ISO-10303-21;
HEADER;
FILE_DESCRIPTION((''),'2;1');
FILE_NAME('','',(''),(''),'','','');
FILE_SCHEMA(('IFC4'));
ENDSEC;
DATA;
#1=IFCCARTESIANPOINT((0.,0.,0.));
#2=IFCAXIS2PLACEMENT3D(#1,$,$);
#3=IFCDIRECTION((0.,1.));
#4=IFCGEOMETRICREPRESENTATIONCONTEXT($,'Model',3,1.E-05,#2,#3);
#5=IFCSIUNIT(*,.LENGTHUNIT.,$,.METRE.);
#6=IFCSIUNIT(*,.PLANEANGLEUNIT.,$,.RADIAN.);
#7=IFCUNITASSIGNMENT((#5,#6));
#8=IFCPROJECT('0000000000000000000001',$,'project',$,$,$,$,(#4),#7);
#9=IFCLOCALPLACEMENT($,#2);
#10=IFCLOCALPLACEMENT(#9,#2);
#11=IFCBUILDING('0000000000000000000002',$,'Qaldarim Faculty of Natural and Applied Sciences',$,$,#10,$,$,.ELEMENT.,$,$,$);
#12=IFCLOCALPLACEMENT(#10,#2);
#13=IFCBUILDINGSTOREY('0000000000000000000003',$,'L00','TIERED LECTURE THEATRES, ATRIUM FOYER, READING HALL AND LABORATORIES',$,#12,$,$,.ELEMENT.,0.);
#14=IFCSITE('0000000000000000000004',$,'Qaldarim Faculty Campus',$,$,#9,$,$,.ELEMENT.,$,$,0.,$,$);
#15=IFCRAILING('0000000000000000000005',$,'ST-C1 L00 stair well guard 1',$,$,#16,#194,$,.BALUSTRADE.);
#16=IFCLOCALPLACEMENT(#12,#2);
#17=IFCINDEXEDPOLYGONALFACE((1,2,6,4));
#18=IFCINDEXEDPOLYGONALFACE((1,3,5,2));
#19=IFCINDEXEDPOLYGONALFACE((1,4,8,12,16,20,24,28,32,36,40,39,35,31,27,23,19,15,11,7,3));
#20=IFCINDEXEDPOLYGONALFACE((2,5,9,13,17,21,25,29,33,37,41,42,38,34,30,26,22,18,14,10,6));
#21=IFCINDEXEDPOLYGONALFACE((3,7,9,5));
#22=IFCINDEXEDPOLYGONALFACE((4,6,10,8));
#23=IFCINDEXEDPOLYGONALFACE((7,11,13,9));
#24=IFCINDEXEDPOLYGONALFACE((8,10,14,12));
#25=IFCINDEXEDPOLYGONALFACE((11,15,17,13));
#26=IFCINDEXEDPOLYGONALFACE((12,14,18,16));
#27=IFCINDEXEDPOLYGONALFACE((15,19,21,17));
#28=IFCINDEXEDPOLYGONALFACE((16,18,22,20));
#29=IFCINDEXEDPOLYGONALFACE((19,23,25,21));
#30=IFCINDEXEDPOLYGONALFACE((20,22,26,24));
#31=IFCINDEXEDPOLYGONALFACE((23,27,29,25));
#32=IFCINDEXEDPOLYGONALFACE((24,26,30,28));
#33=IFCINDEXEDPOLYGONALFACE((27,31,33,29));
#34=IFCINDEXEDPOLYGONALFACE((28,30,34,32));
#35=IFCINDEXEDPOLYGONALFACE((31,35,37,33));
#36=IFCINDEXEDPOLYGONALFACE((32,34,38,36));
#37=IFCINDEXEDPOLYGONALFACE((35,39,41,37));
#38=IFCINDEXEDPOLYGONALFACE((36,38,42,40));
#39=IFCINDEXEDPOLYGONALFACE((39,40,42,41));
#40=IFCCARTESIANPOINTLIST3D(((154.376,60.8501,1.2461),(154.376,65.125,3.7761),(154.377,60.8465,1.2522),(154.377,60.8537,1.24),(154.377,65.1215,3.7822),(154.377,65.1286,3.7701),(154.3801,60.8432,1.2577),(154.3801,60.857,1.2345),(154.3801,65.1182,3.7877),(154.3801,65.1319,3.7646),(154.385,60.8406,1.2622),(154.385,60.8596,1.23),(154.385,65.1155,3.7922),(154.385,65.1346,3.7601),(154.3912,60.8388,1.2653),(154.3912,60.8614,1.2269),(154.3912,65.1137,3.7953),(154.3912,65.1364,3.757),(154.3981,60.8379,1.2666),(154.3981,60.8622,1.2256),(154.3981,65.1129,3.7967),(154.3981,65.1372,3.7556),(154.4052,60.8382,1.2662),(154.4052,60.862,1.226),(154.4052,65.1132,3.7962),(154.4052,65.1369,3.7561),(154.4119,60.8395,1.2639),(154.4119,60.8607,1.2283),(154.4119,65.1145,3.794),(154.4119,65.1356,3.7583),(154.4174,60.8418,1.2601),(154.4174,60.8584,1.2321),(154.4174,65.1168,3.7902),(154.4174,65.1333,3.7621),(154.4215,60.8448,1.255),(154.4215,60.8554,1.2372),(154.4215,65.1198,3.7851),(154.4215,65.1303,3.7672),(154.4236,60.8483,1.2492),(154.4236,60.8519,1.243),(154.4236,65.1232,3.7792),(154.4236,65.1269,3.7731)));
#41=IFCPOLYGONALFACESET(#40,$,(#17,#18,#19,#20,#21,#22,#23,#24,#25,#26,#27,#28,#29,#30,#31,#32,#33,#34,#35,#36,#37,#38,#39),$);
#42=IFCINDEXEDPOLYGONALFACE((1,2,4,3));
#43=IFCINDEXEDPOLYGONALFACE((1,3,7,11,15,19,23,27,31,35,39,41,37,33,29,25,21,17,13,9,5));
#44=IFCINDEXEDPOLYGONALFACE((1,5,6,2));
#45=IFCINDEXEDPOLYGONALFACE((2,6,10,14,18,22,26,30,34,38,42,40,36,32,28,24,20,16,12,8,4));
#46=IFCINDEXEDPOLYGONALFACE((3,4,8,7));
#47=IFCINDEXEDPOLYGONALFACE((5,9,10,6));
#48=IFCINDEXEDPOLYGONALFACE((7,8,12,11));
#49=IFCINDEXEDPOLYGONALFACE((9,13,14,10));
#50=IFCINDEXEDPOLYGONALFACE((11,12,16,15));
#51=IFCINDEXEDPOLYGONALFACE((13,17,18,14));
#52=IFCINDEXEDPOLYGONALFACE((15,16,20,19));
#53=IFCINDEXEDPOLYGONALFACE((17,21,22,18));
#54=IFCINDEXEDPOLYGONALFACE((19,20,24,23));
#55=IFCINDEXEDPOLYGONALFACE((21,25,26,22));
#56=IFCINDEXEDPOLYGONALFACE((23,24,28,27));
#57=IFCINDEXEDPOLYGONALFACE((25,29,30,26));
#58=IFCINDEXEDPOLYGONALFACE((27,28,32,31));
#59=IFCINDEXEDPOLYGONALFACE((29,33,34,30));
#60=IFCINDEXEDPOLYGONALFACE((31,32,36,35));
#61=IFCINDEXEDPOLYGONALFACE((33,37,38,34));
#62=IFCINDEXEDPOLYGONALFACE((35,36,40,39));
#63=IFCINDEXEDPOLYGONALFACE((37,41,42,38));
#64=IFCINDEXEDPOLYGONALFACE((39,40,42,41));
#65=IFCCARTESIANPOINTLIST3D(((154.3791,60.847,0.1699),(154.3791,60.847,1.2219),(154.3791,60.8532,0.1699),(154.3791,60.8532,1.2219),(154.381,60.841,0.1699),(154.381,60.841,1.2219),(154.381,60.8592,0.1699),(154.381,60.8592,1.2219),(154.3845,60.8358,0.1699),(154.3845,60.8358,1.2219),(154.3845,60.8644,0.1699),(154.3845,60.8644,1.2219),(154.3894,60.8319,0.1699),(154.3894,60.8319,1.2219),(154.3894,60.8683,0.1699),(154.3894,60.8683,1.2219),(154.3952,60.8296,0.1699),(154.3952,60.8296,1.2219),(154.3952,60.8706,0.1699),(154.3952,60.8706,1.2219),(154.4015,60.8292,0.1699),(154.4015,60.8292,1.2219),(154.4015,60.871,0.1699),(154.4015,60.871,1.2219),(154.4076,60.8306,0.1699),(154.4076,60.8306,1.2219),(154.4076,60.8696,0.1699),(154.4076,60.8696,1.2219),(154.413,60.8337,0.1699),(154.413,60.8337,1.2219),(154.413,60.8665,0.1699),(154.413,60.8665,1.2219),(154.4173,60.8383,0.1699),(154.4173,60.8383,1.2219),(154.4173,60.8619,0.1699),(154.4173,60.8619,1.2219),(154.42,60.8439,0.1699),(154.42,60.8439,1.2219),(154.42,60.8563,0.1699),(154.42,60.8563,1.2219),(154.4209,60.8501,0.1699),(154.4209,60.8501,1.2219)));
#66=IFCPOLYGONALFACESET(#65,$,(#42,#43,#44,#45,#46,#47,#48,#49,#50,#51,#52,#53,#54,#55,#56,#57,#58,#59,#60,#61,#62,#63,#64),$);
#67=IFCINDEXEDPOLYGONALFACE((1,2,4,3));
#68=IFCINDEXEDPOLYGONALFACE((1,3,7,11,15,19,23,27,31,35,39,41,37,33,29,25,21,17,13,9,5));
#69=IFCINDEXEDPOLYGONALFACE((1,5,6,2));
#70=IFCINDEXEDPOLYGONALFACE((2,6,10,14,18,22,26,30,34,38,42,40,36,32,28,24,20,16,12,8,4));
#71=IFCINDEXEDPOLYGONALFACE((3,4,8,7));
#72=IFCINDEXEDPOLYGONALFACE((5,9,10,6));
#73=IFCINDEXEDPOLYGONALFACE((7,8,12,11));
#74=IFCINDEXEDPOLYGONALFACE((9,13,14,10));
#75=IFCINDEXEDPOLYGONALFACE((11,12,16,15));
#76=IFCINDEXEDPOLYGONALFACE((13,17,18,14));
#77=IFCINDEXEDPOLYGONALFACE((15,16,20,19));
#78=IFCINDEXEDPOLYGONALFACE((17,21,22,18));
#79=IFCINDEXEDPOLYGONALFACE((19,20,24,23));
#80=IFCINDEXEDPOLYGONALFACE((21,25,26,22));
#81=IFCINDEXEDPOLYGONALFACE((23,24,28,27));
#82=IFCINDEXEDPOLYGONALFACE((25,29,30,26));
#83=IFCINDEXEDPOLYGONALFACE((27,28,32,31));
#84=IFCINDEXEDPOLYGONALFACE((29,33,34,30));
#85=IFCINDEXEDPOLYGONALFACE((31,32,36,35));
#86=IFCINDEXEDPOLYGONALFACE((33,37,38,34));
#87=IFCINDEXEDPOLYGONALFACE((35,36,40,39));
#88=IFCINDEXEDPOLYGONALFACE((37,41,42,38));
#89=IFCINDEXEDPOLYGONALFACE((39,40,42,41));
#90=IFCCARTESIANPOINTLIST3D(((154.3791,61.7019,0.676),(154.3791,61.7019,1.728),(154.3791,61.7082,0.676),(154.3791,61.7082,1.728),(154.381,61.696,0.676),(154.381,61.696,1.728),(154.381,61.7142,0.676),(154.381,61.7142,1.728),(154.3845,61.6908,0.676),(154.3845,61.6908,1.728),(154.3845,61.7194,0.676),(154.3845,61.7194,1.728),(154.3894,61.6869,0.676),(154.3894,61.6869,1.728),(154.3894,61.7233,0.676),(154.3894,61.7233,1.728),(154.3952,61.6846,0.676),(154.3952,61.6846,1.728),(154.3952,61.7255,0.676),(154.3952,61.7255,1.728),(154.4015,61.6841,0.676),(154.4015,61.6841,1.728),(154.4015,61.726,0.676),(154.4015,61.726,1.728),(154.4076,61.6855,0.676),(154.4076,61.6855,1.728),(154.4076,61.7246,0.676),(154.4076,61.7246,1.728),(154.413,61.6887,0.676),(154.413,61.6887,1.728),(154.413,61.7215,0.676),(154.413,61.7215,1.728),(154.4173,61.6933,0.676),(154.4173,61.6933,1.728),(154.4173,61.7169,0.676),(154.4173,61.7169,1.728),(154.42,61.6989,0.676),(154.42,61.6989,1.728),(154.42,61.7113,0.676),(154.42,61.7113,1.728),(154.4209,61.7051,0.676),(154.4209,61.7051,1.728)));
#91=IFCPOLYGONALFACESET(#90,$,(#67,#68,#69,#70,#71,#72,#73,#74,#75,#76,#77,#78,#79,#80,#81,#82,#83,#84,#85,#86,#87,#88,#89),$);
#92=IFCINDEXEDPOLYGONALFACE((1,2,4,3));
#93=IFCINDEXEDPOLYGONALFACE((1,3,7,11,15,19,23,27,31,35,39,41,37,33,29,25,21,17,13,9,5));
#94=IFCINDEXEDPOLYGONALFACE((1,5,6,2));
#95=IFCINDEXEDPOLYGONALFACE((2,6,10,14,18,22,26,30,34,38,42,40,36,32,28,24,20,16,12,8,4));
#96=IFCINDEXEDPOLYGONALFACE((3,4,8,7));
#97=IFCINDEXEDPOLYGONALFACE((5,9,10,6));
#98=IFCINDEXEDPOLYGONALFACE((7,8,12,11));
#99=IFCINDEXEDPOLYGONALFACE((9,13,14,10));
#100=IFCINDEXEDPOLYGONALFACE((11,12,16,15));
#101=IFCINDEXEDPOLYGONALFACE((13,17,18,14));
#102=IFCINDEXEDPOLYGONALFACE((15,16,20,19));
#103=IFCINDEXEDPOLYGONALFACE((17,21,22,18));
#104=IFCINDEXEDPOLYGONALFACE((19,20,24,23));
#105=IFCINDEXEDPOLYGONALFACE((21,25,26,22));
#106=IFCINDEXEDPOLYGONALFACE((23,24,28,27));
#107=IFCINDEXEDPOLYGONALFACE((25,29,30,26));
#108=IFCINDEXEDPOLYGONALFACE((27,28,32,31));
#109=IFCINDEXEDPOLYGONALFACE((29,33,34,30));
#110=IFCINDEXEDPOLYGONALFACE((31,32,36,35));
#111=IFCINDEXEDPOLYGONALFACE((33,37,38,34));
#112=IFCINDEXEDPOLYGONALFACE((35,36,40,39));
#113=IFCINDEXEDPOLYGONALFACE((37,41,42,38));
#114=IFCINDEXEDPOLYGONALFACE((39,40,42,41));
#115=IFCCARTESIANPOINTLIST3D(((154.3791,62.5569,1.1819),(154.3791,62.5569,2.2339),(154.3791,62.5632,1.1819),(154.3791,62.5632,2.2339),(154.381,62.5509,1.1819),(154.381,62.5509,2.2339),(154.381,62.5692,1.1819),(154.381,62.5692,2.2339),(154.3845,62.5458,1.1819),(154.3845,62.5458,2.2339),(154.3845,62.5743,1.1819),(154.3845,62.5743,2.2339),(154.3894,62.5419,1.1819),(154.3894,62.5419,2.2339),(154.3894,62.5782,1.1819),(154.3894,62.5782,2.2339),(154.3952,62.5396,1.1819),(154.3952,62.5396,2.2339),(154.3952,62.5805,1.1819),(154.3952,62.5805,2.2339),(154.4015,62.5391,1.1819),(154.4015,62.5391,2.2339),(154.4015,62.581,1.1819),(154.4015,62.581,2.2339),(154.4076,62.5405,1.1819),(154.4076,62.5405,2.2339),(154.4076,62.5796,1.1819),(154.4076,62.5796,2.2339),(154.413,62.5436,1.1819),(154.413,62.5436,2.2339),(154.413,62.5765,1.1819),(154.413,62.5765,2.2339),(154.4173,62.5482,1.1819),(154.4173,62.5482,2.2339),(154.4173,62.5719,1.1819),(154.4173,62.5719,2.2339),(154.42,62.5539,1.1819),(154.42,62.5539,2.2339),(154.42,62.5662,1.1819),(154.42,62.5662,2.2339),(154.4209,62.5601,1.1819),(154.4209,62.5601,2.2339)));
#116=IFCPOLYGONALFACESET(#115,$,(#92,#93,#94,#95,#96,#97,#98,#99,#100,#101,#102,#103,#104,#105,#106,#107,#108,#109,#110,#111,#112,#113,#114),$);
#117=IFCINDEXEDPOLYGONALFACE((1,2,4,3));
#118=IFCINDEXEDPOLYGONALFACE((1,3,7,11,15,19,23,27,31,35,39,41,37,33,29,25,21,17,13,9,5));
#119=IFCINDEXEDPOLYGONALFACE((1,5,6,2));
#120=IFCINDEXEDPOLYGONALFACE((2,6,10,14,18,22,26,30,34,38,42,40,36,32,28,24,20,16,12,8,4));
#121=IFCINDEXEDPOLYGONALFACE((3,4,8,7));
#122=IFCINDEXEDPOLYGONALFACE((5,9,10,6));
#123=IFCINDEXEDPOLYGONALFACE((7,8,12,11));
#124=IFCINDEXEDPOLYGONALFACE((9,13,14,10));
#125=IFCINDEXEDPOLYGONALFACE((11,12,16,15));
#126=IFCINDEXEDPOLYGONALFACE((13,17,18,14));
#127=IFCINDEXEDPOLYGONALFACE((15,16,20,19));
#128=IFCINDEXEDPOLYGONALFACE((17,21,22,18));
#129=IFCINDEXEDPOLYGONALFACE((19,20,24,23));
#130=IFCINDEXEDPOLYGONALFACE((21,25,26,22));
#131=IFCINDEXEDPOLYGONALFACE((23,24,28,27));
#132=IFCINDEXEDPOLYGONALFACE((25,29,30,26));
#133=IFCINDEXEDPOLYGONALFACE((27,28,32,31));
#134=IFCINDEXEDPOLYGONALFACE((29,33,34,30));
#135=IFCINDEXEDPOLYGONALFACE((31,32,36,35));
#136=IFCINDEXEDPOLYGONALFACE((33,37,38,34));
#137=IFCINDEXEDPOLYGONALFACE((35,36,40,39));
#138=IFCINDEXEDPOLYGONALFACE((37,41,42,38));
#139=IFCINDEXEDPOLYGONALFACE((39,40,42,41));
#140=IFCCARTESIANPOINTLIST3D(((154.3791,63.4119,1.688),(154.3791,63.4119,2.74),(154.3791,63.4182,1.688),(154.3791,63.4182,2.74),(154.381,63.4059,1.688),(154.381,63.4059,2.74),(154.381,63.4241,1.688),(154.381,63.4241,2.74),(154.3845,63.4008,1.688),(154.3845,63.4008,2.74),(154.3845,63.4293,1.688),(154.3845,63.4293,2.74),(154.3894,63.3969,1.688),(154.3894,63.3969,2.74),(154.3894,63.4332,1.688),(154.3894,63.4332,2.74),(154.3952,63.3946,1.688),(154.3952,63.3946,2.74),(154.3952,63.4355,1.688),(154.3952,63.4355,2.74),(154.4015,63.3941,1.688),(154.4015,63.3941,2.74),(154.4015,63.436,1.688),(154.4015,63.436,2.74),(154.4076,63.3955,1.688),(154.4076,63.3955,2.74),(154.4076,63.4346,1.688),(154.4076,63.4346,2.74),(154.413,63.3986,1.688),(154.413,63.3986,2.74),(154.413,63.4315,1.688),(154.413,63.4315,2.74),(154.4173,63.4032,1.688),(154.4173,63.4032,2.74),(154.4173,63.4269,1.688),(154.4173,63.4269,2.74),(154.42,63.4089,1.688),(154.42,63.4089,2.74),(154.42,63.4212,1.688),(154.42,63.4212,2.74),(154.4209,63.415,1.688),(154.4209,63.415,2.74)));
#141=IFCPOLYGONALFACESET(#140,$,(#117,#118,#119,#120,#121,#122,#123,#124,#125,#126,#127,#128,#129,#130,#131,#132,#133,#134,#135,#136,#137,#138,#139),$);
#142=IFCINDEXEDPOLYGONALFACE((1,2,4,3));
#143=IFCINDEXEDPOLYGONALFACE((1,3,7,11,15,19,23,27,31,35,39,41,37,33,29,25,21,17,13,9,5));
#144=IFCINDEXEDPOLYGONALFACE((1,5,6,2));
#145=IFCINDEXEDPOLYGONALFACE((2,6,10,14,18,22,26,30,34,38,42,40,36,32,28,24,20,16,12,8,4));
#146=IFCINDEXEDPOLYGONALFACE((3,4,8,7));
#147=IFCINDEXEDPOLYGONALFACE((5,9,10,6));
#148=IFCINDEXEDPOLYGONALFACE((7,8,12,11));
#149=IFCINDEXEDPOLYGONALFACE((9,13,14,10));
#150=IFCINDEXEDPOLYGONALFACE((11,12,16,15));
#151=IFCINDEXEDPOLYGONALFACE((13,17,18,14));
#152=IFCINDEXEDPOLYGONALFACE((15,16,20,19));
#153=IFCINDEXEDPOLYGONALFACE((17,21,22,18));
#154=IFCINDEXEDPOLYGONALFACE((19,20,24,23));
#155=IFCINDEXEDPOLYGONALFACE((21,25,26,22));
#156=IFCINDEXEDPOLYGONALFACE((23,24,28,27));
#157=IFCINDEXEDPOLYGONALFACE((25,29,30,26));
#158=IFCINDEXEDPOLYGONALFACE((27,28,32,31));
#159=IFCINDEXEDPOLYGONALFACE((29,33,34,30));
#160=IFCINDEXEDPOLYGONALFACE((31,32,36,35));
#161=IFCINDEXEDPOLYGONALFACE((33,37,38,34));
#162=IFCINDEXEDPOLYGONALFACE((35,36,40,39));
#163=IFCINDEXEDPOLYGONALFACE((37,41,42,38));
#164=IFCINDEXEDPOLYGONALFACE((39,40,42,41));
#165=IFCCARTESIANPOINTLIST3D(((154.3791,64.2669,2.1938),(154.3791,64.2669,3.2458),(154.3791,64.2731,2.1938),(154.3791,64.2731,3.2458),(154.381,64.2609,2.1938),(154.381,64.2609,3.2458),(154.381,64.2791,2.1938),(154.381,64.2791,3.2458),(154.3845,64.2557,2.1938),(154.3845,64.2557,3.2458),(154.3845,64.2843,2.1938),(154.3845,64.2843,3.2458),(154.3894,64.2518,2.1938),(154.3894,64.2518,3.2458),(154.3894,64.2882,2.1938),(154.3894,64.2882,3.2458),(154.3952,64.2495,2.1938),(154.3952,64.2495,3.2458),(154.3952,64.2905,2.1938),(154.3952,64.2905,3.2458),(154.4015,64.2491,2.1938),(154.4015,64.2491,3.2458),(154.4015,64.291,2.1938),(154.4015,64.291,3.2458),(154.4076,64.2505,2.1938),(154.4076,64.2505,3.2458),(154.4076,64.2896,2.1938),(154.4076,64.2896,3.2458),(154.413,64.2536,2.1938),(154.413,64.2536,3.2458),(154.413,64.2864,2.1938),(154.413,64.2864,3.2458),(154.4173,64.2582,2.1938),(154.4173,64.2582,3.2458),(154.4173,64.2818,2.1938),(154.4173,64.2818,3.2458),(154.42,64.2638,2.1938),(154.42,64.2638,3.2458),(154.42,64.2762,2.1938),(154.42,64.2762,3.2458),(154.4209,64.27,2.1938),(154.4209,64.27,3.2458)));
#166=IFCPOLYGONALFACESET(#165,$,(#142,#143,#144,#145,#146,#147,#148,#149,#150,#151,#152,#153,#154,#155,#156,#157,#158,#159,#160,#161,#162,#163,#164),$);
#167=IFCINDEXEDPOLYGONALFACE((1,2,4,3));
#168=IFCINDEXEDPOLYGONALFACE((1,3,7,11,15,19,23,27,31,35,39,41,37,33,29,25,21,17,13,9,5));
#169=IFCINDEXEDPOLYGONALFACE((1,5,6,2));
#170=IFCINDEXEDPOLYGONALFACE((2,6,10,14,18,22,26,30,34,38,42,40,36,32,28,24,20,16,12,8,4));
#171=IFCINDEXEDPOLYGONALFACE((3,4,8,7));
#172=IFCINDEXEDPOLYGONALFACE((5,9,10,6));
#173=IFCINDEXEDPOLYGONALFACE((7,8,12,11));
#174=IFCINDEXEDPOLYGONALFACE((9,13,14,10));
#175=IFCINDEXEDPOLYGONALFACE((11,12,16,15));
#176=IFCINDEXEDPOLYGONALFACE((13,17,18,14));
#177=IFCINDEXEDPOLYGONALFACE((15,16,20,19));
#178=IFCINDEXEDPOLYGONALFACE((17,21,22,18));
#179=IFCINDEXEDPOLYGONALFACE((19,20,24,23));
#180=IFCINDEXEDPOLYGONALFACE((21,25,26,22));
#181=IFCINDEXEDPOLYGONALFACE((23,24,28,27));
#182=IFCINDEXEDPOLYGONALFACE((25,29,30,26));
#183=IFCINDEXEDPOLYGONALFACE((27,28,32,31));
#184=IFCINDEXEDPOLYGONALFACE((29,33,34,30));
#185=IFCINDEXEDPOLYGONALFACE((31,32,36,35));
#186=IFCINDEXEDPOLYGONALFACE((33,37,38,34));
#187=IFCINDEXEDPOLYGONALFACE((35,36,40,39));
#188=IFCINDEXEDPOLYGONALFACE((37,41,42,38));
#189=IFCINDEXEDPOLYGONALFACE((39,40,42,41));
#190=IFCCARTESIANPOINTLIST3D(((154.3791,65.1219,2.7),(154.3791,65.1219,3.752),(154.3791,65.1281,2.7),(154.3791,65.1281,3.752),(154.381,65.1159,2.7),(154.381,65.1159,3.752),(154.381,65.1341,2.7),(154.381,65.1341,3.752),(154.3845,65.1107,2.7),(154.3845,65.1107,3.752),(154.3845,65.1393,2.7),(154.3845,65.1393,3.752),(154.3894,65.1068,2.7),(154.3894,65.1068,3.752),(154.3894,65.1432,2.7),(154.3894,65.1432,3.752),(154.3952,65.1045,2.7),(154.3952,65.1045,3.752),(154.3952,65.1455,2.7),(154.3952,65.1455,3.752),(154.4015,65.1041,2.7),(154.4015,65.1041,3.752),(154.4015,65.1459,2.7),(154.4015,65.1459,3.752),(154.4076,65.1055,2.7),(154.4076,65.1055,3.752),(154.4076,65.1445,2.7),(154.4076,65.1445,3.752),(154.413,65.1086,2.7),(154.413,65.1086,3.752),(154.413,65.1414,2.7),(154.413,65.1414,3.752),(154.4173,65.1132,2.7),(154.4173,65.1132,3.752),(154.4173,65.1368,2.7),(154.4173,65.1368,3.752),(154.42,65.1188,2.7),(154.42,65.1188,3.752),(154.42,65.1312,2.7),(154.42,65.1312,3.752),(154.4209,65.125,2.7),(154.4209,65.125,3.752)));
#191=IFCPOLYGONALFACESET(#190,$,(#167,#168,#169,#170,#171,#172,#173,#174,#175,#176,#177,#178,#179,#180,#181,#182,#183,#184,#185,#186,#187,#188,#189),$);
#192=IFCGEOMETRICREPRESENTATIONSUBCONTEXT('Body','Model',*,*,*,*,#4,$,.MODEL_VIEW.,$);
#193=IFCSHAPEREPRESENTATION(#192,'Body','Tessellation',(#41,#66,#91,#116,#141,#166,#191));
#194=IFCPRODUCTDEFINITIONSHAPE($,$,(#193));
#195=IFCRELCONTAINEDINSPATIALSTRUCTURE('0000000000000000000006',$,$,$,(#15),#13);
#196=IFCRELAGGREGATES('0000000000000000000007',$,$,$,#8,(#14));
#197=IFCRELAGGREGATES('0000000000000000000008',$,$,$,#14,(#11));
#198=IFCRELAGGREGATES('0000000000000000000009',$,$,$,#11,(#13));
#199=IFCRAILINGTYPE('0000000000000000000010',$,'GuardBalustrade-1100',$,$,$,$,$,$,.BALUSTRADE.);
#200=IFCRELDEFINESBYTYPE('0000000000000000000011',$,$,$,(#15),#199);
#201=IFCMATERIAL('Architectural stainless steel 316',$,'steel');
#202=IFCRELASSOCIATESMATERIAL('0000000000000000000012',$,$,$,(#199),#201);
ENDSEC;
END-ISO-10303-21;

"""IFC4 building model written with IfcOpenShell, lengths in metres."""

from ifc_helpers import new_model, si_unit, direction, frame, origin, origin_2d, place, context, subcontext, project, spatial, circle, extrude, material, type_object, element, save


model = new_model("IFC4")

# Units and contexts
model_context = context("Model", 3, precision=1e-05, world=origin(), true_north=direction((0.0, 1.0)))
body_context = subcontext(model_context, "Body", "Model", "MODEL_VIEW")
ifc_project = project(units=[si_unit("LENGTHUNIT", "METRE"), si_unit("PLANEANGLEUNIT", "RADIAN")], contexts=[model_context])

# Site, building, storey
site_placement = place(None, origin())
site = spatial("IfcSite", under=ifc_project, at=site_placement, Name="Qaldarim Faculty Campus", CompositionType="ELEMENT", RefElevation=0.0)
building_placement = place(site_placement, origin())
building = spatial("IfcBuilding", under=site, at=building_placement, Name="Qaldarim Faculty of Natural and Applied Sciences", CompositionType="ELEMENT")
storey_placement = place(building_placement, origin())
storey = spatial("IfcBuildingStorey", under=building, at=storey_placement, Name="L00", Description="TIERED LECTURE THEATRES, ATRIUM FOYER, READING HALL AND LABORATORIES", CompositionType="ELEMENT", Elevation=0.0)

# Railing
ifc_material_1 = material(Name="Architectural stainless steel 316", Category="steel")
railing_type = type_object("IfcRailingType", Name="GuardBalustrade-1100", PredefinedType="BALUSTRADE", material=ifc_material_1)
railing_1_placement = place(storey_placement, frame((154.3999, 60.8501, 0.1699)))
element("IfcRailing", 1, at=railing_1_placement, inside=storey, type_object=railing_type, Name="ST-C1 L00 stair well guard 1", PredefinedType="BALUSTRADE", context=body_context, shape_type="SweptSolid", body=[
    extrude(circle(Radius=0.0239, at=origin_2d()), frame((0.0, 0.0, 1.0762), z_axis=(0.0, 0.860578, 0.509319), x_axis=(-1.0, 0.0, 0.0)), (0.0, 0.0, 1.0), 4.9675),
    extrude(circle(Radius=0.021, at=origin_2d()), origin(), (0.0, 0.0, 1.0), 1.052),
    extrude(circle(Radius=0.021, at=origin_2d()), frame((0.0, 0.855, 0.5061)), (0.0, 0.0, 1.0), 1.052),
    extrude(circle(Radius=0.021, at=origin_2d()), frame((0.0, 1.71, 1.012)), (0.0, 0.0, 1.0), 1.052),
    extrude(circle(Radius=0.021, at=origin_2d()), frame((0.0, 2.5649, 1.5181)), (0.0, 0.0, 1.0), 1.052),
    extrude(circle(Radius=0.021, at=origin_2d()), frame((0.0, 3.4199, 2.0239)), (0.0, 0.0, 1.0), 1.052),
    extrude(circle(Radius=0.021, at=origin_2d()), frame((0.0, 4.2749, 2.53)), (0.0, 0.0, 1.0), 1.052),
])

save(model, "model.ifc")
